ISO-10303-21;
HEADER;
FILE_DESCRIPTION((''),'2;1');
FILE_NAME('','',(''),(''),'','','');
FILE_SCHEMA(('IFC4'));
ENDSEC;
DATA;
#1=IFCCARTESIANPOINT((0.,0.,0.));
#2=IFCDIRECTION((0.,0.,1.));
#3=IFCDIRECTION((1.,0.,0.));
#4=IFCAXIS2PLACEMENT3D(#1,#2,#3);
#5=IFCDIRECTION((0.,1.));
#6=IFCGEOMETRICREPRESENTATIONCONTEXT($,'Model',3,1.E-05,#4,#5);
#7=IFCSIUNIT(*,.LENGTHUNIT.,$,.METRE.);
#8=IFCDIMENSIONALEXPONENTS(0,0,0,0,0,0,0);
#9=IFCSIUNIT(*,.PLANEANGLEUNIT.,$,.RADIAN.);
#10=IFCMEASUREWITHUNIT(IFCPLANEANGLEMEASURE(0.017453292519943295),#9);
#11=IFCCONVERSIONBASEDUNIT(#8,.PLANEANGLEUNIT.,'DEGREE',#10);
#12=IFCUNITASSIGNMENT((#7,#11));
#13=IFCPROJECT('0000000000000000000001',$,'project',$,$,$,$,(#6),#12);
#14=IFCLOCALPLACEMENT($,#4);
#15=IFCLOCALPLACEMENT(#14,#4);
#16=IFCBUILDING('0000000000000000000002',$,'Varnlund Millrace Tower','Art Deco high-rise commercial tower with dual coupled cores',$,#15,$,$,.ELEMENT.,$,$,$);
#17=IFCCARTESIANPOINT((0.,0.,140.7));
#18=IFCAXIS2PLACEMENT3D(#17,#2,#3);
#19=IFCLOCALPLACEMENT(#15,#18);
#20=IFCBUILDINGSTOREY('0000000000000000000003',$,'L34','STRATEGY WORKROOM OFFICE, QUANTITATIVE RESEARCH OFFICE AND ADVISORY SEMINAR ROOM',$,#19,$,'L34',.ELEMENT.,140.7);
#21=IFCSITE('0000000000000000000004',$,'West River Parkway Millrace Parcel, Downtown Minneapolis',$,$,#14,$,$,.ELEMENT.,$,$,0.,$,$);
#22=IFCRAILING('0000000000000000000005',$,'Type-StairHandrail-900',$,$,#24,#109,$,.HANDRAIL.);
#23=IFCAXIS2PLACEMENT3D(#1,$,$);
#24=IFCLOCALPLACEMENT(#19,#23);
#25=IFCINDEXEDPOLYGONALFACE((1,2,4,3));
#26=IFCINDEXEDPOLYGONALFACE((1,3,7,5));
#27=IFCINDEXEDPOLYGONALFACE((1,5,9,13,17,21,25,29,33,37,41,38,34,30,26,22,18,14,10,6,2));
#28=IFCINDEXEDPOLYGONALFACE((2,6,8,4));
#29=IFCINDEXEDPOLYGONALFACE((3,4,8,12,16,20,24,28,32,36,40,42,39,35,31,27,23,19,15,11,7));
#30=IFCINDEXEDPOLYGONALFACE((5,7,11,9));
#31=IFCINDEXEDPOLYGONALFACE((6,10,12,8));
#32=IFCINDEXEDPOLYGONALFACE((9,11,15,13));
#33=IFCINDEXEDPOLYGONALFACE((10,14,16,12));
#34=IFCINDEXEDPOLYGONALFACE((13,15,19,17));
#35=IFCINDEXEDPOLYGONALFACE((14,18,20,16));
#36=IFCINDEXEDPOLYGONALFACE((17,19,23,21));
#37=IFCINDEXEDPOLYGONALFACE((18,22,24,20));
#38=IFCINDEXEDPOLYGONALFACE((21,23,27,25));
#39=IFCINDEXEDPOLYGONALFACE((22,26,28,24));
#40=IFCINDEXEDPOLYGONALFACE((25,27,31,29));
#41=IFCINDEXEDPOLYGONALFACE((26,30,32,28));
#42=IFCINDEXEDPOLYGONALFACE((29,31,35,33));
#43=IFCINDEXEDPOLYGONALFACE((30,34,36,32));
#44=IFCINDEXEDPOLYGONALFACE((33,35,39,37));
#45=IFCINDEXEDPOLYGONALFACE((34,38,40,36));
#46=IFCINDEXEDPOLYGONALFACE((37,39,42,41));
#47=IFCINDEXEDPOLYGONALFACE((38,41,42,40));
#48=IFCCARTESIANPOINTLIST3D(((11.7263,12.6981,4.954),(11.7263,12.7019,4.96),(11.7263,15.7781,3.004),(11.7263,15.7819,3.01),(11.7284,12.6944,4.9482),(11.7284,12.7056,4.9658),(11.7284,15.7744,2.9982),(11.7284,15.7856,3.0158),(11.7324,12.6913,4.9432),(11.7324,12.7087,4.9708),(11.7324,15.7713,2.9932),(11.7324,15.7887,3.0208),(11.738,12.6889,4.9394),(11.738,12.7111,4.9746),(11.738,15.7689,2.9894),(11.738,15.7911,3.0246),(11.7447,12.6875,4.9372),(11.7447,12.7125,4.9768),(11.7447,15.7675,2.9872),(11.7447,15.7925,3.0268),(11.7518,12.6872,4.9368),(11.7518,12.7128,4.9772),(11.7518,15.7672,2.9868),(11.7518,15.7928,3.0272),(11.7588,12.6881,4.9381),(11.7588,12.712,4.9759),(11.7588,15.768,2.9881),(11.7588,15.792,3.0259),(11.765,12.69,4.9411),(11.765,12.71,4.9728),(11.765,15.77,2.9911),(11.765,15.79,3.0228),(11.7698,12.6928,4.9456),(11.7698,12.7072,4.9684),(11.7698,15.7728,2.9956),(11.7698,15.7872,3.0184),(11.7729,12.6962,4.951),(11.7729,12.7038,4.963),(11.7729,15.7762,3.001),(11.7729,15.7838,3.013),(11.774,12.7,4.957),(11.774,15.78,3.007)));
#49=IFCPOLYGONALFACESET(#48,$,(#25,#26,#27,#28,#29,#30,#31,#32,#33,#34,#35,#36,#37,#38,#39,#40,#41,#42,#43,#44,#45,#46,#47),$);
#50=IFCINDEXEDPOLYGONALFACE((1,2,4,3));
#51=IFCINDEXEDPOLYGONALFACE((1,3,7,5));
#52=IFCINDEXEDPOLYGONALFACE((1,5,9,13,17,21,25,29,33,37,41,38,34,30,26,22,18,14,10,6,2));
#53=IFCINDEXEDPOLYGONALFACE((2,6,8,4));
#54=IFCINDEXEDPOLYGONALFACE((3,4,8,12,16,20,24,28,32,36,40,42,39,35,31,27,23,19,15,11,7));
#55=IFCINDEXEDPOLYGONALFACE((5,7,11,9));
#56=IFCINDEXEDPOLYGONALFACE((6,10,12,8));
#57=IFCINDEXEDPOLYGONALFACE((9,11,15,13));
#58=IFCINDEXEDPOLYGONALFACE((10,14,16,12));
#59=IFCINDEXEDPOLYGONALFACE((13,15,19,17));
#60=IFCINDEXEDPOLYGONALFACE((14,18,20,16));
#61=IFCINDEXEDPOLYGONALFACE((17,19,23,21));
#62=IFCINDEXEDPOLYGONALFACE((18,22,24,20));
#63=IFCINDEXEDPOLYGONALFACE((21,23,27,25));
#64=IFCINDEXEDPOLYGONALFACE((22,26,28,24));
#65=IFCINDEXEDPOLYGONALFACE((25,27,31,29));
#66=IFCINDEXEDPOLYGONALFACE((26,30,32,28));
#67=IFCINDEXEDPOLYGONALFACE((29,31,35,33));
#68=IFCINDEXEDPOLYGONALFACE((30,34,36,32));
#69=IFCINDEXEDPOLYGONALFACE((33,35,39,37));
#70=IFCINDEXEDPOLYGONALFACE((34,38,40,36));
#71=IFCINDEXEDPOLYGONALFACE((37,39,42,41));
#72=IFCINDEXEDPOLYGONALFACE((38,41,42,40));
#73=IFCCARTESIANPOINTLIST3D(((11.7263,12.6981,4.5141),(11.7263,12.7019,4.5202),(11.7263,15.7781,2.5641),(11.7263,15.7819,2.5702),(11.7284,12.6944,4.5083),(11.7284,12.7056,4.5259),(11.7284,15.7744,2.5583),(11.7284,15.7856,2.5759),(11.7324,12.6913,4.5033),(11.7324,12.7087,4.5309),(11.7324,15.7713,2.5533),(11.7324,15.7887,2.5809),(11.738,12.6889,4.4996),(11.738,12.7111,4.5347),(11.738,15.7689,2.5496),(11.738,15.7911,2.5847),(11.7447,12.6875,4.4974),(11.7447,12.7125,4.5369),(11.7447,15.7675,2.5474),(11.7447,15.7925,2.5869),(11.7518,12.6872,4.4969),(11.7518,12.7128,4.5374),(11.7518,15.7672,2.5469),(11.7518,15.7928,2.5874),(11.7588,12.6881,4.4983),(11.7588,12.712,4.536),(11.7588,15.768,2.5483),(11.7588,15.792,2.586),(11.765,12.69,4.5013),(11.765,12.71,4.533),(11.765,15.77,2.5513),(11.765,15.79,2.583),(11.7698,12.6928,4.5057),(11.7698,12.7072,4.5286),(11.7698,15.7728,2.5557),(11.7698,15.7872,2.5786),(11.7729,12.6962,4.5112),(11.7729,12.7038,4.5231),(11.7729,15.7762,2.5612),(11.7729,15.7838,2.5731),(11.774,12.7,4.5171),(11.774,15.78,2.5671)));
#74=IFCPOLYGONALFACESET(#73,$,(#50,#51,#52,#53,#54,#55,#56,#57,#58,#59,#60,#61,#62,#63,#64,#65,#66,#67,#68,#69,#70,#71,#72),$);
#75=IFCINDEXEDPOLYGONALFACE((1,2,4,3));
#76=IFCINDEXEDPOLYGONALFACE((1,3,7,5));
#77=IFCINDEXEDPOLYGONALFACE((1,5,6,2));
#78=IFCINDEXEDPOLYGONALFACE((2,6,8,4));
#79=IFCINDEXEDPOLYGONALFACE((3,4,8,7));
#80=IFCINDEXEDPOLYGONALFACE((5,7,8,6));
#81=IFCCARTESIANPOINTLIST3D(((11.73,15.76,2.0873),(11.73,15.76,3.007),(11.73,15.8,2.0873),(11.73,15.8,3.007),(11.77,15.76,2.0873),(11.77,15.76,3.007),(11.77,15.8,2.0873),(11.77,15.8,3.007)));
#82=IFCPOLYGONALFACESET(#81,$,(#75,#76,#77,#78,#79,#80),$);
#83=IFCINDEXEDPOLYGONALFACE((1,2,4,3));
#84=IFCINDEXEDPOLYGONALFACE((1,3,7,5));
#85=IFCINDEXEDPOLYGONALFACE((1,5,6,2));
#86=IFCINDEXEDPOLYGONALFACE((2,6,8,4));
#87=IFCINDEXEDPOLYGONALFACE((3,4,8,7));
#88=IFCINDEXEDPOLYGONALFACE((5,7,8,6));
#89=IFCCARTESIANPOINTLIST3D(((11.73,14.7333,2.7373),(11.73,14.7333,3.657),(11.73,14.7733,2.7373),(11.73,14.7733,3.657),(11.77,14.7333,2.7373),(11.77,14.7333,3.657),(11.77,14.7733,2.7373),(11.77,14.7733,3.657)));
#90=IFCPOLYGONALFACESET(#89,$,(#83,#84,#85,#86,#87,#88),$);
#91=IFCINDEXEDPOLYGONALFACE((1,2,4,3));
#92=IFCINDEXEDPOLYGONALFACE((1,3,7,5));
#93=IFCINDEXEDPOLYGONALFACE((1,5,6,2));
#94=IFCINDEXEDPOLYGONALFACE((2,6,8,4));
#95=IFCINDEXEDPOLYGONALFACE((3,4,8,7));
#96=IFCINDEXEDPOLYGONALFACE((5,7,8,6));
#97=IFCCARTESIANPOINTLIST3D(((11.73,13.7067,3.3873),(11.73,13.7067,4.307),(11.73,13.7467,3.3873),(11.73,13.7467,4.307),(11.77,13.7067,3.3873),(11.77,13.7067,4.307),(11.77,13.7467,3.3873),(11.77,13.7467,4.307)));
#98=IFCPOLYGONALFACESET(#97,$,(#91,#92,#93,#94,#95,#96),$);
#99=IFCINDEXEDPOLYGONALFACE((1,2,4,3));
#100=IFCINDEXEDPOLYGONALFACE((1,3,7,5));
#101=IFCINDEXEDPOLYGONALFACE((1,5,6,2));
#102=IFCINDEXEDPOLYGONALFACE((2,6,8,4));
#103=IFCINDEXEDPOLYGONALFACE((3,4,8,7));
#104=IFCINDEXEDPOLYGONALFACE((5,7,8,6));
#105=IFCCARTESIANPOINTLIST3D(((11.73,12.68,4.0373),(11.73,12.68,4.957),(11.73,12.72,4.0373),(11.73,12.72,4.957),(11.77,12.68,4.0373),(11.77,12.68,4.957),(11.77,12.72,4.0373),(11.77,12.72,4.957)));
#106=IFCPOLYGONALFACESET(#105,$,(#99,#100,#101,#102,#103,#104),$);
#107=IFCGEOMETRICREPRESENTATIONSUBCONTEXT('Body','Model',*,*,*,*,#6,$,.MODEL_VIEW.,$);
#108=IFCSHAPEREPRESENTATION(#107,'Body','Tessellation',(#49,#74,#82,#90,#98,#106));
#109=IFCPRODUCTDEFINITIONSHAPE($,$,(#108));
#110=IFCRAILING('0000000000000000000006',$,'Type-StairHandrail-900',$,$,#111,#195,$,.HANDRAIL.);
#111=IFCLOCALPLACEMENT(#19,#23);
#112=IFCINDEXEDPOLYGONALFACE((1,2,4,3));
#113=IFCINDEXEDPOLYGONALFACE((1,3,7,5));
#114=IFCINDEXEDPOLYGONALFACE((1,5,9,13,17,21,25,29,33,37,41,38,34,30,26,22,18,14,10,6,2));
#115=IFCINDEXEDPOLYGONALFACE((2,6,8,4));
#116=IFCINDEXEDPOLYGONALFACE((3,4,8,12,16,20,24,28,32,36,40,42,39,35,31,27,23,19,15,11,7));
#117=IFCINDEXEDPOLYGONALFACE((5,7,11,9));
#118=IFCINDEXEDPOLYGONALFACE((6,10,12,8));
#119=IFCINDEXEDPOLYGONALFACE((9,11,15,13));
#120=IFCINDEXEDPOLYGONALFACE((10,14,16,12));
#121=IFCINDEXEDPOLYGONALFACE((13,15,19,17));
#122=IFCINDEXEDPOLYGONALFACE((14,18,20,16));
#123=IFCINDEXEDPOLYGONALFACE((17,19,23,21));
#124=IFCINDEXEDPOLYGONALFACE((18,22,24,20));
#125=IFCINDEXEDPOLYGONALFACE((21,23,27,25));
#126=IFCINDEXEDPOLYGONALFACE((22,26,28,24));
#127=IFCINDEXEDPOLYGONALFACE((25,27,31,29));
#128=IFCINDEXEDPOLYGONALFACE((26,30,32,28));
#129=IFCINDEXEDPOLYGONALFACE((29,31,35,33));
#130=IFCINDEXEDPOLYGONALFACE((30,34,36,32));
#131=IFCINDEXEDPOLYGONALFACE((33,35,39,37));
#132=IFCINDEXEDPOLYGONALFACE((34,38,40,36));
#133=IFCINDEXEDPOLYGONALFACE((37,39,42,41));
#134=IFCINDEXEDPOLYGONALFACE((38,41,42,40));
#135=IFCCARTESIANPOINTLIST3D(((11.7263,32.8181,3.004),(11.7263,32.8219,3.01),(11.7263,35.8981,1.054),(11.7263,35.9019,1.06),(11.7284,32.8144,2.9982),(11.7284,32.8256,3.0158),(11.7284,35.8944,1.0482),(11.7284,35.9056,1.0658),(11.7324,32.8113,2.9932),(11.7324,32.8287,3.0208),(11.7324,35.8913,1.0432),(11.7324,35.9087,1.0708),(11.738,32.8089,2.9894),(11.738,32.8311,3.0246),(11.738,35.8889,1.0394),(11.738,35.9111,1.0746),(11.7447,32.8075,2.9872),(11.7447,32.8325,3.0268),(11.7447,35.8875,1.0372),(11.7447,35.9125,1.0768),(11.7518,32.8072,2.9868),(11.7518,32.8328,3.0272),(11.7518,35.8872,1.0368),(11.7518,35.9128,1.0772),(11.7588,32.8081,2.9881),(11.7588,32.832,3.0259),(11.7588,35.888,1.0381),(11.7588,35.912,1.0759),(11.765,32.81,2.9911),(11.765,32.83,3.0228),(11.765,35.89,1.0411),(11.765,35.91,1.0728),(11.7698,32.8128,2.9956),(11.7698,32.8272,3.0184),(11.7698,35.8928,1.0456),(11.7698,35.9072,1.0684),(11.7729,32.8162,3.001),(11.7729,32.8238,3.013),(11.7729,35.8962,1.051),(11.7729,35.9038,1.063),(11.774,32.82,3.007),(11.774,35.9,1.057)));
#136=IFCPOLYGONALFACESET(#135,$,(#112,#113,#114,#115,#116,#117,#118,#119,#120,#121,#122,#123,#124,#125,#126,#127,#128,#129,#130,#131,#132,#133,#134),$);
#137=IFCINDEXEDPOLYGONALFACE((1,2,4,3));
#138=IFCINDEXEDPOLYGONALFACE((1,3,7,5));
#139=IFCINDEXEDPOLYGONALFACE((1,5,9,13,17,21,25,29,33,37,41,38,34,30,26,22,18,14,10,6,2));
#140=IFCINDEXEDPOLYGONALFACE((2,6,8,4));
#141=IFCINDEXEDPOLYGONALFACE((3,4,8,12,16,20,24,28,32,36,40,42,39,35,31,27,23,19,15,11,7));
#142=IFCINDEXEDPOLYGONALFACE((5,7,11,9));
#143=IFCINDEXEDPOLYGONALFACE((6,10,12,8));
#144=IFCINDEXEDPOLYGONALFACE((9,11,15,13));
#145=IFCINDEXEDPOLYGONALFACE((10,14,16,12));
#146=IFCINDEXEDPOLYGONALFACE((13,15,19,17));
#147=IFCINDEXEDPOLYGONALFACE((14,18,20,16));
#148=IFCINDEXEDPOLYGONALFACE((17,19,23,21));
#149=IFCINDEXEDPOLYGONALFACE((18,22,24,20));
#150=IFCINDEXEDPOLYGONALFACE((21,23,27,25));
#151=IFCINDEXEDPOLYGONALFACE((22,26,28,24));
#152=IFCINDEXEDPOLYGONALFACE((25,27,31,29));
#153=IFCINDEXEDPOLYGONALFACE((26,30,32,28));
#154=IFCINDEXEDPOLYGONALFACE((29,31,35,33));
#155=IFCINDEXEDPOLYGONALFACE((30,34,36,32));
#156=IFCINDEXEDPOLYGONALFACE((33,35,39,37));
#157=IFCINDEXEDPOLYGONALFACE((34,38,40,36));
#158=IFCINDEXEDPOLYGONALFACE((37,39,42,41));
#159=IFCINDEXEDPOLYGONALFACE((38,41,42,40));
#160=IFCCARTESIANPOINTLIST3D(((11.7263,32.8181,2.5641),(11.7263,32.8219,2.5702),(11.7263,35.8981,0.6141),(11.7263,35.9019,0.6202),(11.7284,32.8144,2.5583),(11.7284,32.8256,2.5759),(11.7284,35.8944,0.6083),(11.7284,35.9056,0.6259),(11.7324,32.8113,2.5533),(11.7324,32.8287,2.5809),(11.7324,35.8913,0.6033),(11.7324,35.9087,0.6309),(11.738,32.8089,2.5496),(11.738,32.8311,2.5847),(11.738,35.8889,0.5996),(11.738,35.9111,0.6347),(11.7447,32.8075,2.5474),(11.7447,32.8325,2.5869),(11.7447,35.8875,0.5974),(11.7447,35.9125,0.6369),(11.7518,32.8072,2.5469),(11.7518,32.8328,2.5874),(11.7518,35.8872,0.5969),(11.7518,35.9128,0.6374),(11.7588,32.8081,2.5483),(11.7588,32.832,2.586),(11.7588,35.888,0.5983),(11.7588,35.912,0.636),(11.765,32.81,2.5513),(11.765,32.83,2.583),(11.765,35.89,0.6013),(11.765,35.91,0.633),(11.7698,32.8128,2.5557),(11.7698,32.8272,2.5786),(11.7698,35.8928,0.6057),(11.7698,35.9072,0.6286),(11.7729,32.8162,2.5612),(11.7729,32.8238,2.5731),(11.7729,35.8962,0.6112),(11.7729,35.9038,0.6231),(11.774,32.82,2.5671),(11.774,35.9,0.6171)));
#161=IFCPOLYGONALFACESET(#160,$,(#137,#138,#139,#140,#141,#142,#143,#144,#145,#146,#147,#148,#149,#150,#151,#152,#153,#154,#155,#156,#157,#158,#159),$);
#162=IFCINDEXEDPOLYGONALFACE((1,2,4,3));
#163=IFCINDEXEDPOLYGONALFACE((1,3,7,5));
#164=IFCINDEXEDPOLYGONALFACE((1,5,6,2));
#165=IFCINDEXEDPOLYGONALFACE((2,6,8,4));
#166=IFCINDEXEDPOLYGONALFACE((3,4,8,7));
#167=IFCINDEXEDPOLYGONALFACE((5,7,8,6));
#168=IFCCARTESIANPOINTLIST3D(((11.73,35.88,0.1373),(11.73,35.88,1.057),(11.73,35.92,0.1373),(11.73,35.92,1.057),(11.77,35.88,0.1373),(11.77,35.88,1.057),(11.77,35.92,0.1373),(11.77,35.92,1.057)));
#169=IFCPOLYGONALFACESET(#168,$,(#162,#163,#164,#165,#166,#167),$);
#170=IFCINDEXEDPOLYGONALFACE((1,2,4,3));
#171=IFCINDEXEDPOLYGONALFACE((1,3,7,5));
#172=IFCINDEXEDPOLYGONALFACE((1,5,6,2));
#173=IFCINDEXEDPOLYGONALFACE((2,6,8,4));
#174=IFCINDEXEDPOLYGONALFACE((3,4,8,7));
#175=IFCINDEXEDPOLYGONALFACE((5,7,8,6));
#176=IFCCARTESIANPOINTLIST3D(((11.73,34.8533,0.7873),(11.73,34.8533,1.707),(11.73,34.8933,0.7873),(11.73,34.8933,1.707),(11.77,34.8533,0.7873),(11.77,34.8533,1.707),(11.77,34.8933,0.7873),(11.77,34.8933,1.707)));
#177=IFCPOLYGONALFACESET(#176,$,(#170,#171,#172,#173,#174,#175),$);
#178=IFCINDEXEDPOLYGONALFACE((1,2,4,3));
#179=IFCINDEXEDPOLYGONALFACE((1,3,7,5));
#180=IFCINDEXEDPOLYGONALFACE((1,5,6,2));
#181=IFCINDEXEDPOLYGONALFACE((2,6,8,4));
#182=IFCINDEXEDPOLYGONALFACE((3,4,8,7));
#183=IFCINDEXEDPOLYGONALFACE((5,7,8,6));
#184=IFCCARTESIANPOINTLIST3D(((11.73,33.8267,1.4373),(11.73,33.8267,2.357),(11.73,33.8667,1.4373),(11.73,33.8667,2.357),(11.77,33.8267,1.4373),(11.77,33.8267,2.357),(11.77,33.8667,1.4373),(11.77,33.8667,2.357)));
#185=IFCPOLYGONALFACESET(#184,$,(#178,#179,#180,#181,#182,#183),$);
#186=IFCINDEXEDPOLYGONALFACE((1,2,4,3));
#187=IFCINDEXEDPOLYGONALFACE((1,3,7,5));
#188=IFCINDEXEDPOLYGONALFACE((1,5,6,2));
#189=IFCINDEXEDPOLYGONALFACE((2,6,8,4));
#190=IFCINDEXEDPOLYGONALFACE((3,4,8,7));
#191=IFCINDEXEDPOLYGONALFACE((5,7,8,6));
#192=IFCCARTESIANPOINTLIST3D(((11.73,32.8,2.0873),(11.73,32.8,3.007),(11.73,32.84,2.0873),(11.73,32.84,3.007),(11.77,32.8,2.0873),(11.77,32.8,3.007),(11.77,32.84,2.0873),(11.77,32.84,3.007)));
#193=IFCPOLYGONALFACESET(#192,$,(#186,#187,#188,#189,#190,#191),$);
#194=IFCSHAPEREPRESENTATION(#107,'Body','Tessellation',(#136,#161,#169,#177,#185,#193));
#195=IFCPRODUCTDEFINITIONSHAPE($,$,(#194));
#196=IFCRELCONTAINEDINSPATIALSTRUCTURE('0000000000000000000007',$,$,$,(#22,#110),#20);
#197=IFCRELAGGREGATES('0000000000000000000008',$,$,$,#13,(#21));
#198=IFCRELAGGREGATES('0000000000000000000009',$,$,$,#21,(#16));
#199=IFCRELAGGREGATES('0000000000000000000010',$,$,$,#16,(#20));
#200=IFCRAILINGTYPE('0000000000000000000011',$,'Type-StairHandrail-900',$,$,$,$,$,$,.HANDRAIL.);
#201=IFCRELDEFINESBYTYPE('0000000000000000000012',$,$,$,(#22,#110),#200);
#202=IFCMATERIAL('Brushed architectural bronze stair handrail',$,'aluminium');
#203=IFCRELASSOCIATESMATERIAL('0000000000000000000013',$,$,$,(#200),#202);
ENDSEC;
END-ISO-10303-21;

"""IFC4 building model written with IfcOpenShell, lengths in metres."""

from ifc_helpers import new_model, entity, si_unit, converted_unit, direction, frame, origin_with_axes, origin_2d_with_axis, place, context, subcontext, project, spatial, rectangle, circle, extrude, material, type_object, element, save


model = new_model("IFC4")

# Units and contexts
model_context = context("Model", 3, precision=1e-05, world=origin_with_axes(), true_north=direction((0.0, 1.0)))
body_context = subcontext(model_context, "Body", "Model", "MODEL_VIEW")
ifc_project = project(units=[si_unit("LENGTHUNIT", "METRE"), converted_unit("PLANEANGLEUNIT", "DEGREE", entity("IfcPlaneAngleMeasure", 0.017453292519943295), si_unit("PLANEANGLEUNIT", "RADIAN"), dimensions=[0, 0, 0, 0, 0, 0, 0])], contexts=[model_context])

# Site, building, storey
site_placement = place(None, origin_with_axes())
site = spatial("IfcSite", under=ifc_project, at=site_placement, Name="West River Parkway Millrace Parcel, Downtown Minneapolis", CompositionType="ELEMENT", RefElevation=0.0)
building_placement = place(site_placement, origin_with_axes())
building = spatial("IfcBuilding", under=site, at=building_placement, Name="Varnlund Millrace Tower", Description="Art Deco high-rise commercial tower with dual coupled cores", CompositionType="ELEMENT")
storey_placement = place(building_placement, frame((0.0, 0.0, 140.7), z_axis=(0.0, 0.0, 1.0), x_axis=(1.0, 0.0, 0.0)))
storey = spatial("IfcBuildingStorey", under=building, at=storey_placement, Name="L34", Description="STRATEGY WORKROOM OFFICE, QUANTITATIVE RESEARCH OFFICE AND ADVISORY SEMINAR ROOM", LongName="L34", CompositionType="ELEMENT", Elevation=140.7)

# Railings
ifc_material_1 = material(Name="Brushed architectural bronze stair handrail", Category="aluminium")
railing_type_1 = type_object("IfcRailingType", Name="Type-StairHandrail-900", PredefinedType="HANDRAIL", material=ifc_material_1)
railing_1_placement = place(storey_placement, frame((0.0, 0.0, -140.7), z_axis=(0.0, 0.0, 1.0), x_axis=(1.0, 0.0, 0.0)))
element("IfcRailing", 1, at=railing_1_placement, inside=storey, type_object=railing_type_1, Name="Type-StairHandrail-900", PredefinedType="HANDRAIL", context=body_context, shape_type="SweptSolid", body=[
    extrude(circle(Radius=0.024, at=origin_2d_with_axis()), frame((11.75, 15.78, 143.707), z_axis=(0.0, -0.844902, 0.534922), x_axis=(1.0, 0.0, 0.0)), (0.0, 0.0, 1.0), 3.6454),
    extrude(circle(Radius=0.024, at=origin_2d_with_axis()), frame((11.75, 15.78, 143.2671), z_axis=(0.0, -0.844902, 0.534922), x_axis=(1.0, 0.0, 0.0)), (0.0, 0.0, 1.0), 3.6454),
    extrude(rectangle(XDim=0.04, YDim=0.04, at=origin_2d_with_axis()), frame((11.75, 15.78, 142.7873), z_axis=(0.0, 0.0, 1.0), x_axis=(1.0, 0.0, 0.0)), (0.0, 0.0, 1.0), 0.9197),
    extrude(rectangle(XDim=0.04, YDim=0.04, at=origin_2d_with_axis()), frame((11.75, 14.7533, 143.4373), z_axis=(0.0, 0.0, 1.0), x_axis=(1.0, 0.0, 0.0)), (0.0, 0.0, 1.0), 0.9197),
    extrude(rectangle(XDim=0.04, YDim=0.04, at=origin_2d_with_axis()), frame((11.75, 13.7267, 144.0873), z_axis=(0.0, 0.0, 1.0), x_axis=(1.0, 0.0, 0.0)), (0.0, 0.0, 1.0), 0.9197),
    extrude(rectangle(XDim=0.04, YDim=0.04, at=origin_2d_with_axis()), frame((11.75, 12.7, 144.7373), z_axis=(0.0, 0.0, 1.0), x_axis=(1.0, 0.0, 0.0)), (0.0, 0.0, 1.0), 0.9197),
])
railing_2_placement = place(storey_placement, frame((0.0, 0.0, -140.7), z_axis=(0.0, 0.0, 1.0), x_axis=(1.0, 0.0, 0.0)))
element("IfcRailing", 2, at=railing_2_placement, inside=storey, type_object=railing_type_1, Name="Type-StairHandrail-900", PredefinedType="HANDRAIL", context=body_context, shape_type="SweptSolid", body=[
    extrude(circle(Radius=0.024, at=origin_2d_with_axis()), frame((11.75, 35.9, 141.757), z_axis=(0.0, -0.844902, 0.534922), x_axis=(1.0, 0.0, 0.0)), (0.0, 0.0, 1.0), 3.6454),
    extrude(circle(Radius=0.024, at=origin_2d_with_axis()), frame((11.75, 35.9, 141.3171), z_axis=(0.0, -0.844902, 0.534922), x_axis=(1.0, 0.0, 0.0)), (0.0, 0.0, 1.0), 3.6454),
    extrude(rectangle(XDim=0.04, YDim=0.04, at=origin_2d_with_axis()), frame((11.75, 35.9, 140.8373), z_axis=(0.0, 0.0, 1.0), x_axis=(1.0, 0.0, 0.0)), (0.0, 0.0, 1.0), 0.9197),
    extrude(rectangle(XDim=0.04, YDim=0.04, at=origin_2d_with_axis()), frame((11.75, 34.8733, 141.4873), z_axis=(0.0, 0.0, 1.0), x_axis=(1.0, 0.0, 0.0)), (0.0, 0.0, 1.0), 0.9197),
    extrude(rectangle(XDim=0.04, YDim=0.04, at=origin_2d_with_axis()), frame((11.75, 33.8467, 142.1373), z_axis=(0.0, 0.0, 1.0), x_axis=(1.0, 0.0, 0.0)), (0.0, 0.0, 1.0), 0.9197),
    extrude(rectangle(XDim=0.04, YDim=0.04, at=origin_2d_with_axis()), frame((11.75, 32.82, 142.7873), z_axis=(0.0, 0.0, 1.0), x_axis=(1.0, 0.0, 0.0)), (0.0, 0.0, 1.0), 0.9197),
])

save(model, "model.ifc")
